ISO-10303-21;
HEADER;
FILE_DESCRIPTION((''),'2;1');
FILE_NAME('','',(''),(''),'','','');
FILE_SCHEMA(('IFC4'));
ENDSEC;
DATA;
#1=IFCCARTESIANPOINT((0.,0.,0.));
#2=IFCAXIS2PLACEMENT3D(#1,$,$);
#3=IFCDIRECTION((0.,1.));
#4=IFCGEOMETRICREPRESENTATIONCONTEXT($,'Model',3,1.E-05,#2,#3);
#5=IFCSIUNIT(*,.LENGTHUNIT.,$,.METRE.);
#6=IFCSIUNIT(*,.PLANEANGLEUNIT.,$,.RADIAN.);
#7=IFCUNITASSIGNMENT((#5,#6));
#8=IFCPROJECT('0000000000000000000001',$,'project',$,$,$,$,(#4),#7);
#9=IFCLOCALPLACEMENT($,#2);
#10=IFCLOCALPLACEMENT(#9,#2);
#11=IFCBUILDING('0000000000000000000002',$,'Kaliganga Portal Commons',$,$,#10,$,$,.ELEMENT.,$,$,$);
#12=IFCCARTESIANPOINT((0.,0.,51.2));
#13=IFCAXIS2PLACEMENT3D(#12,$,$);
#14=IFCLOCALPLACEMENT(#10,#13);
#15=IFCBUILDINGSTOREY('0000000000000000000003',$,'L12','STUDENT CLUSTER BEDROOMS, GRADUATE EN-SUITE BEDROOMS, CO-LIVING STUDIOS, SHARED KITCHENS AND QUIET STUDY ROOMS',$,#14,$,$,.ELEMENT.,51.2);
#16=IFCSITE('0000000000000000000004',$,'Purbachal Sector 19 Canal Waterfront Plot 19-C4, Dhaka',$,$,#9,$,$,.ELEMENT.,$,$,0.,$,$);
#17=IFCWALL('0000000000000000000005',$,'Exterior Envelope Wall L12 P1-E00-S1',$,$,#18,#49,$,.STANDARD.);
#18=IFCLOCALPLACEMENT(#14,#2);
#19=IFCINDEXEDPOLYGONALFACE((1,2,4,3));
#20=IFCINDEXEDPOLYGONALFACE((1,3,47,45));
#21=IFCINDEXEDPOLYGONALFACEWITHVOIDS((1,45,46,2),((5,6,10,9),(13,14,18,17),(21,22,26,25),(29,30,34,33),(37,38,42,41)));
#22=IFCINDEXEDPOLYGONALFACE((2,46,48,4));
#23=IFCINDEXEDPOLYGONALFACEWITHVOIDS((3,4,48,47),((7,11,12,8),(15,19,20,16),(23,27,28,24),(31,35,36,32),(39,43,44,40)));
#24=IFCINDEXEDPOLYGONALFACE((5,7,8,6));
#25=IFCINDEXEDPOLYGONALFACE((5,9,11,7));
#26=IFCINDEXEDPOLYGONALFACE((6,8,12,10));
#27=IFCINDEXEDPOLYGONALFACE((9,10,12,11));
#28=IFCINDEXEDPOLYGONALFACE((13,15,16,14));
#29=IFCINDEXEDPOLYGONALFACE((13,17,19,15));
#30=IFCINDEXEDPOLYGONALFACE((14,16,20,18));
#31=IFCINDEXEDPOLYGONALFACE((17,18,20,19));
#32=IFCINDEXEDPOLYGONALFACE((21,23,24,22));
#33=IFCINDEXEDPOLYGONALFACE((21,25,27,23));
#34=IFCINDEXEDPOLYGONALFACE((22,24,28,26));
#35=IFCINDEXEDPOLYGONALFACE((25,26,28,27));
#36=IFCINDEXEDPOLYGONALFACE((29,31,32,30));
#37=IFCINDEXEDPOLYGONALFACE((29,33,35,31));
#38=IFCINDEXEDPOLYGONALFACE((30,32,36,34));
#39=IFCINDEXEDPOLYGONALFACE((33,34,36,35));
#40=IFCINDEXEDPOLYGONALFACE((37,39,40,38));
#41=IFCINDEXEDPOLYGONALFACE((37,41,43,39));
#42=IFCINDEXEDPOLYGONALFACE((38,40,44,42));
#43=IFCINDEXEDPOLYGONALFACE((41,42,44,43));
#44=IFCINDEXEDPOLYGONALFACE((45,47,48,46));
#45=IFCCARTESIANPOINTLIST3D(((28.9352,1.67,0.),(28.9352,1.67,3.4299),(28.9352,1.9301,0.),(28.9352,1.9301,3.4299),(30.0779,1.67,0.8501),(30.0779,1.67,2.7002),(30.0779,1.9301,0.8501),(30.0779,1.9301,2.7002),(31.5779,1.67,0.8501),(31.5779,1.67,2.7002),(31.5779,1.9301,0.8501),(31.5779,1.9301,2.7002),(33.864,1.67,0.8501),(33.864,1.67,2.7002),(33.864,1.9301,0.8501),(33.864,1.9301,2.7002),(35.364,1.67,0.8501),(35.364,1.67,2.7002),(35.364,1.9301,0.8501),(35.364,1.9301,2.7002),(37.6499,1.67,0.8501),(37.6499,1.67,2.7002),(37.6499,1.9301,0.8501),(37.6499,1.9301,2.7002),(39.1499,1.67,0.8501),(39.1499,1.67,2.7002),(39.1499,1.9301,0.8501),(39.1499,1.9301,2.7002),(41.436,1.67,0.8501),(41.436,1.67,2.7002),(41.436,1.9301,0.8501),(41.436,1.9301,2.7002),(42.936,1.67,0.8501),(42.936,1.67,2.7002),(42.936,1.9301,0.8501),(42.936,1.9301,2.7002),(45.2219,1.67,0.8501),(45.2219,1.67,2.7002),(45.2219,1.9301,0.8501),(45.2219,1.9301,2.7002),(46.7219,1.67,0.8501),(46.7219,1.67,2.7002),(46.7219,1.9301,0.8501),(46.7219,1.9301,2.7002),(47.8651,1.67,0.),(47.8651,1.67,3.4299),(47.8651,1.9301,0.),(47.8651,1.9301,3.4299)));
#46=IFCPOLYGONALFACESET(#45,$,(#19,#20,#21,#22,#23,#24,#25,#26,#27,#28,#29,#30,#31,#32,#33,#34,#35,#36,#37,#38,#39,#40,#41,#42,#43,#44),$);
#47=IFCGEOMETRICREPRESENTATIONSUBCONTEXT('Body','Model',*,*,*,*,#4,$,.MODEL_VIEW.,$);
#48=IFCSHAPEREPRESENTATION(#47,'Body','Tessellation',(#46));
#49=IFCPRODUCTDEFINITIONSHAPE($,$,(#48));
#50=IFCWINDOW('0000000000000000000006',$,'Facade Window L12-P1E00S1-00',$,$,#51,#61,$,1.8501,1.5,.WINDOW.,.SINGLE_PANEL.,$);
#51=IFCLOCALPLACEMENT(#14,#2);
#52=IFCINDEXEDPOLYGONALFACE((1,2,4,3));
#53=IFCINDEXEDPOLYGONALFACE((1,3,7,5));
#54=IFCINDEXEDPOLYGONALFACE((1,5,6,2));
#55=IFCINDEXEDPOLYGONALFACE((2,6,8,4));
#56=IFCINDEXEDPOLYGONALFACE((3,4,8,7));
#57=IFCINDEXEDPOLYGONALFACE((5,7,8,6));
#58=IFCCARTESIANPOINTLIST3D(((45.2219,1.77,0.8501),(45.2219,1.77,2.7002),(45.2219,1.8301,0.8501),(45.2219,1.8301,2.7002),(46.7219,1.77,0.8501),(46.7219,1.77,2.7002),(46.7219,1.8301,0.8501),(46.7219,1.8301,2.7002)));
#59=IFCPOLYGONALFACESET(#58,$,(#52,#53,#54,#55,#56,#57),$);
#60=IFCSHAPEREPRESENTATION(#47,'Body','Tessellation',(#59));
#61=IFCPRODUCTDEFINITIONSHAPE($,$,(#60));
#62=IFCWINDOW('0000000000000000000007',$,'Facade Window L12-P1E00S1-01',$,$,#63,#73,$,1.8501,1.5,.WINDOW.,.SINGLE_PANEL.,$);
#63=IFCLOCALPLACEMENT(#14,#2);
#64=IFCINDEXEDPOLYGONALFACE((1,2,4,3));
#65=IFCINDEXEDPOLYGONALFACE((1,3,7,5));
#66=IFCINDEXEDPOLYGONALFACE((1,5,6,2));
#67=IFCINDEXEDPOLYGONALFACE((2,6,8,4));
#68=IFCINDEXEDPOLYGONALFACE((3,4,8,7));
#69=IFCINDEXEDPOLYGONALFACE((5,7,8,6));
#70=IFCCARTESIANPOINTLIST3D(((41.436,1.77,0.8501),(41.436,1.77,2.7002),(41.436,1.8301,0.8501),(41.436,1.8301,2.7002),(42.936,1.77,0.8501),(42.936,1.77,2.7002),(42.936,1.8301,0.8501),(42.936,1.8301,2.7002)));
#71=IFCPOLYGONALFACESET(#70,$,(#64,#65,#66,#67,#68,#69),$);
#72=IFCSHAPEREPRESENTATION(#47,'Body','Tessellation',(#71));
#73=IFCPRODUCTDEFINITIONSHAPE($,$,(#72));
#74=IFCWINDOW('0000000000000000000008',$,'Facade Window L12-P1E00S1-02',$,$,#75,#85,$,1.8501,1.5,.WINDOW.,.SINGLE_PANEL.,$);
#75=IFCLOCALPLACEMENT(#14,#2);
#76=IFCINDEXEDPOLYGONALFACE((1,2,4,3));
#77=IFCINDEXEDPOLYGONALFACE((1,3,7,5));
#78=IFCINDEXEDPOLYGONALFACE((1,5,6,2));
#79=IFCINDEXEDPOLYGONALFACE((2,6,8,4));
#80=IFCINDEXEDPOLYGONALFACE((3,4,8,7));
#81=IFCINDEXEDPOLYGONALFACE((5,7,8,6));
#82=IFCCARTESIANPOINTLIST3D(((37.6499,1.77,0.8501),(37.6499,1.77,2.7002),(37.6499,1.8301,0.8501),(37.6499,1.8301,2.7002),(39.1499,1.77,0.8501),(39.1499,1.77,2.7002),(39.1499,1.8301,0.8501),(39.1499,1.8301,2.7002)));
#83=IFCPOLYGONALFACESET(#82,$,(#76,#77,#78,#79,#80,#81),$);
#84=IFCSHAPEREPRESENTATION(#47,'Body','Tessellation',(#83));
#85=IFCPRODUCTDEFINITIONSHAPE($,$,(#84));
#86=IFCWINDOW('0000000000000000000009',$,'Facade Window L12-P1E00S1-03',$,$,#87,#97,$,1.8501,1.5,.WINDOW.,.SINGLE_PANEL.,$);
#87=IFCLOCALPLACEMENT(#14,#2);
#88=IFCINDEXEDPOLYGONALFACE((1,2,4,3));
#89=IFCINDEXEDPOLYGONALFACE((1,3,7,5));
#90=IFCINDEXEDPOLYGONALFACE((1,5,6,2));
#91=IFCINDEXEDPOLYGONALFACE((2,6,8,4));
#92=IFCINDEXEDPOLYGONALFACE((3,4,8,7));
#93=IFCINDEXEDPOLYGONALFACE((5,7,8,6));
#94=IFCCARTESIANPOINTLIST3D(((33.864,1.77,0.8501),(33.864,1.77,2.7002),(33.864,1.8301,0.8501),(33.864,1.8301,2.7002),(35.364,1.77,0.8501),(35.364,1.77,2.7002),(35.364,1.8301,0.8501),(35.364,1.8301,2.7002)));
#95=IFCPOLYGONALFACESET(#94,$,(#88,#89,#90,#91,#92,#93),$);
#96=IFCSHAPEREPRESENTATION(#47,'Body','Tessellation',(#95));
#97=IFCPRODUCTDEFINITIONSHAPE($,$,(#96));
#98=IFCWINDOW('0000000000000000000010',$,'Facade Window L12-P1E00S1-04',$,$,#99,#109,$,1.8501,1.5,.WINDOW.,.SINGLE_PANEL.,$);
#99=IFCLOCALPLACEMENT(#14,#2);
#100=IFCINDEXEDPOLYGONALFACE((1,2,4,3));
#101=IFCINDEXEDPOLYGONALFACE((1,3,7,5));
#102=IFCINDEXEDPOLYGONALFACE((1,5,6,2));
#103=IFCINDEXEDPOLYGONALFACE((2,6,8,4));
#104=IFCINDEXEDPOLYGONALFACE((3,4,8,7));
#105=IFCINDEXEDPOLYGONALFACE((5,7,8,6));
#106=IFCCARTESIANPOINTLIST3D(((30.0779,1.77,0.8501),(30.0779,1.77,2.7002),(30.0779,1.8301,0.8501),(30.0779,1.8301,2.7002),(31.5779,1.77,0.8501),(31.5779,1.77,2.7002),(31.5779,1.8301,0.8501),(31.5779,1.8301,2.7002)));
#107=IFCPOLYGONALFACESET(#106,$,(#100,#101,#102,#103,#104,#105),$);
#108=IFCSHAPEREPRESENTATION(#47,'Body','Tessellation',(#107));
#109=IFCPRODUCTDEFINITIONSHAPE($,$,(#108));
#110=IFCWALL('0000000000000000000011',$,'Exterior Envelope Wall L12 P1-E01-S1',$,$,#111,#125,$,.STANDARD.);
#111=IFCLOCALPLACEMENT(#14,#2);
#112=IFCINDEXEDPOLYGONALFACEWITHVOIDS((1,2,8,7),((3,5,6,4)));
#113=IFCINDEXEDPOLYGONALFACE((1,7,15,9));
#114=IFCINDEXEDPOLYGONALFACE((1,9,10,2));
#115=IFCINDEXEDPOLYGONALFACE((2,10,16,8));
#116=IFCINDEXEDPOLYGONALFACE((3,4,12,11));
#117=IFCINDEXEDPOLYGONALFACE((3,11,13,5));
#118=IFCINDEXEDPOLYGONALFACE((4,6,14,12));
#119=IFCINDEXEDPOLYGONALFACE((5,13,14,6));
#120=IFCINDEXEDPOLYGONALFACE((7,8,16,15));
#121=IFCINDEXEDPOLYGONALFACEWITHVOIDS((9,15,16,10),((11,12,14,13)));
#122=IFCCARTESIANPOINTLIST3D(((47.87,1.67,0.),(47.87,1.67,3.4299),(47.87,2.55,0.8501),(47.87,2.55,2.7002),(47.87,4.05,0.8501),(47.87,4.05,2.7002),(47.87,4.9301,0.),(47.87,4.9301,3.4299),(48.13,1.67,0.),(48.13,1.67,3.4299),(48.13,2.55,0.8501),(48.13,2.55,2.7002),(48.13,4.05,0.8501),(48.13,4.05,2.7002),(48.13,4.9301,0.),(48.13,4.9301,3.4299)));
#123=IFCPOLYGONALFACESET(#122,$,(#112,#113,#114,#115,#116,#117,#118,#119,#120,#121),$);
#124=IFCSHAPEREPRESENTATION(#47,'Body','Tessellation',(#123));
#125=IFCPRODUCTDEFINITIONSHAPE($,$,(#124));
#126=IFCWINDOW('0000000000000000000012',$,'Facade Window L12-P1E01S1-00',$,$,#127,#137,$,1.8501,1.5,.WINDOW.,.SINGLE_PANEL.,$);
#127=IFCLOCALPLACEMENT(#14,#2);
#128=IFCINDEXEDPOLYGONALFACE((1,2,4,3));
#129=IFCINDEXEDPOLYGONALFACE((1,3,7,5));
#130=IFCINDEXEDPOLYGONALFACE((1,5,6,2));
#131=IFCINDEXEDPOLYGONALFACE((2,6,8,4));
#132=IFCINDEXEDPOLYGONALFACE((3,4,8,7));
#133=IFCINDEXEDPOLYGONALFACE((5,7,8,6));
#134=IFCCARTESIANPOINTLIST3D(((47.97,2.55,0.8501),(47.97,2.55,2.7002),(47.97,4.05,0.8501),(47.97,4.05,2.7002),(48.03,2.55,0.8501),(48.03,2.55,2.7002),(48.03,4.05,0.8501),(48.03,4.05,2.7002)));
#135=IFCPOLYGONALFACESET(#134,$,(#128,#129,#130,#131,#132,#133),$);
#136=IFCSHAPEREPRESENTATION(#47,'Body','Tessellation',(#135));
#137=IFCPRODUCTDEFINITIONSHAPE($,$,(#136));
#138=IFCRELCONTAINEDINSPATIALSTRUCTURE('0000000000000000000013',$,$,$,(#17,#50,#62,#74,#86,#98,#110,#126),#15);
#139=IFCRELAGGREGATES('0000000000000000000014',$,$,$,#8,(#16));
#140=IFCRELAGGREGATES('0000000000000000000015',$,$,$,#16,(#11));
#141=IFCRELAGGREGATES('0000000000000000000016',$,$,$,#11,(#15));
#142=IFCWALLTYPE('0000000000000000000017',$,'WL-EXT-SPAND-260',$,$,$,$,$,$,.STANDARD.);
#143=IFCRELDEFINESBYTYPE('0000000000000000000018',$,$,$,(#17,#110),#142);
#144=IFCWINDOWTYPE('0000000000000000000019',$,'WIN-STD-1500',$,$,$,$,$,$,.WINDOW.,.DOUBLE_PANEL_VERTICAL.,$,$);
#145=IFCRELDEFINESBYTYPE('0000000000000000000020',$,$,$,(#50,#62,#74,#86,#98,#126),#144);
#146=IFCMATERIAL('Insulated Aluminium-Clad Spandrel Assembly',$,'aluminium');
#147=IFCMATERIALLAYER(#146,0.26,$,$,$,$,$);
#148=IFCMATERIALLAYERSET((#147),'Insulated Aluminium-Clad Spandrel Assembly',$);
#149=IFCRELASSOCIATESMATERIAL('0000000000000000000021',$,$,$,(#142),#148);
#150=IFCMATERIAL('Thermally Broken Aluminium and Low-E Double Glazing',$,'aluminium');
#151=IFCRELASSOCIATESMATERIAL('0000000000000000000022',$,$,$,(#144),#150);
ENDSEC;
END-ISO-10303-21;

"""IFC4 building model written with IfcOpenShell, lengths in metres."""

from ifc_helpers import new_model, si_unit, direction, frame, frame_2d, origin, place, context, subcontext, project, spatial, rectangle, extrude, material, layer, layer_set, type_object, element, fill, save


model = new_model("IFC4")

# Units and contexts
model_context = context("Model", 3, precision=1e-05, world=origin(), true_north=direction((0.0, 1.0)))
body_context = subcontext(model_context, "Body", "Model", "MODEL_VIEW")
ifc_project = project(units=[si_unit("LENGTHUNIT", "METRE"), si_unit("PLANEANGLEUNIT", "RADIAN")], contexts=[model_context])

# Site, building, storey
site_placement = place(None, origin())
site = spatial("IfcSite", under=ifc_project, at=site_placement, Name="Purbachal Sector 19 Canal Waterfront Plot 19-C4, Dhaka", CompositionType="ELEMENT", RefElevation=0.0)
building_placement = place(site_placement, origin())
building = spatial("IfcBuilding", under=site, at=building_placement, Name="Kaliganga Portal Commons", CompositionType="ELEMENT")
storey_placement = place(building_placement, frame((0.0, 0.0, 51.2)))
storey = spatial("IfcBuildingStorey", under=building, at=storey_placement, Name="L12", Description="STUDENT CLUSTER BEDROOMS, GRADUATE EN-SUITE BEDROOMS, CO-LIVING STUDIOS, SHARED KITCHENS AND QUIET STUDY ROOMS", CompositionType="ELEMENT", Elevation=51.2)

# Wall, openings, windows
ifc_material_1 = material(Name="Insulated Aluminium-Clad Spandrel Assembly", Category="aluminium")
ifc_layer_1 = layer(ifc_material_1, 0.26)
ifc_layer_set_1 = layer_set([ifc_layer_1], Name="Insulated Aluminium-Clad Spandrel Assembly")
wall_type_1 = type_object("IfcWallType", Name="WL-EXT-SPAND-260", PredefinedType="STANDARD", material=ifc_layer_set_1)
wall_1_placement = place(storey_placement, frame((47.865, 1.8, 0.0), z_axis=(0.0, 0.0, 1.0), x_axis=(-1.0, 0.0, 0.0)))
wall_1 = element("IfcWall", 1, at=wall_1_placement, inside=storey, type_object=wall_type_1, Name="Exterior Envelope Wall L12 P1-E00-S1", PredefinedType="STANDARD", context=body_context, shape_type="SweptSolid", body=[
    extrude(rectangle(XDim=18.9299, YDim=0.26, at=frame_2d((9.4648, 0.0))), origin(), (0.0, 0.0, 1.0), 3.4299),
])
opening_1_placement = place(wall_1_placement, frame((1.1431, 0.0, 0.8501)))
opening_1 = element("IfcOpeningElement", 2, at=opening_1_placement, cuts=wall_1, PredefinedType="OPENING", context=body_context, shape_type="SweptSolid", body=[
    extrude(rectangle(XDim=1.5, YDim=1.8501, at=frame_2d((0.75, 0.925))), frame((0.0, 0.1401, 0.0), z_axis=(0.0, -1.0, 0.0), x_axis=(1.0, 0.0, 0.0)), (0.0, 0.0, 1.0), 0.28),
])
opening_2_placement = place(wall_1_placement, frame((4.929, 0.0, 0.8501)))
opening_2 = element("IfcOpeningElement", 3, at=opening_2_placement, cuts=wall_1, PredefinedType="OPENING", context=body_context, shape_type="SweptSolid", body=[
    extrude(rectangle(XDim=1.5, YDim=1.8501, at=frame_2d((0.75, 0.925))), frame((0.0, 0.1401, 0.0), z_axis=(0.0, -1.0, 0.0), x_axis=(1.0, 0.0, 0.0)), (0.0, 0.0, 1.0), 0.28),
])
opening_3_placement = place(wall_1_placement, frame((8.7151, 0.0, 0.8501)))
opening_3 = element("IfcOpeningElement", 4, at=opening_3_placement, cuts=wall_1, PredefinedType="OPENING", context=body_context, shape_type="SweptSolid", body=[
    extrude(rectangle(XDim=1.5, YDim=1.8501, at=frame_2d((0.75, 0.925))), frame((0.0, 0.1401, 0.0), z_axis=(0.0, -1.0, 0.0), x_axis=(1.0, 0.0, 0.0)), (0.0, 0.0, 1.0), 0.28),
])
opening_4_placement = place(wall_1_placement, frame((12.501, 0.0, 0.8501)))
opening_4 = element("IfcOpeningElement", 5, at=opening_4_placement, cuts=wall_1, PredefinedType="OPENING", context=body_context, shape_type="SweptSolid", body=[
    extrude(rectangle(XDim=1.5, YDim=1.8501, at=frame_2d((0.75, 0.925))), frame((0.0, 0.1401, 0.0), z_axis=(0.0, -1.0, 0.0), x_axis=(1.0, 0.0, 0.0)), (0.0, 0.0, 1.0), 0.28),
])
opening_5_placement = place(wall_1_placement, frame((16.2871, 0.0, 0.8501)))
opening_5 = element("IfcOpeningElement", 6, at=opening_5_placement, cuts=wall_1, PredefinedType="OPENING", context=body_context, shape_type="SweptSolid", body=[
    extrude(rectangle(XDim=1.5, YDim=1.8501, at=frame_2d((0.75, 0.925))), frame((0.0, 0.1401, 0.0), z_axis=(0.0, -1.0, 0.0), x_axis=(1.0, 0.0, 0.0)), (0.0, 0.0, 1.0), 0.28),
])
ifc_material_2 = material(Name="Thermally Broken Aluminium and Low-E Double Glazing", Category="aluminium")
window_type = type_object("IfcWindowType", Name="WIN-STD-1500", PartitioningType="DOUBLE_PANEL_VERTICAL", PredefinedType="WINDOW", material=ifc_material_2)
window_1_placement = place(opening_1_placement, origin())
window_1 = element("IfcWindow", 7, at=window_1_placement, inside=storey, type_object=window_type, Name="Facade Window L12-P1E00S1-00", OverallHeight=1.8501, OverallWidth=1.5, PartitioningType="SINGLE_PANEL", PredefinedType="WINDOW", context=body_context, shape_type="SweptSolid", body=[
    extrude(rectangle(XDim=1.5, YDim=1.8501, at=frame_2d((0.75, 0.925))), frame((0.0, 0.03, 0.0), z_axis=(0.0, -1.0, 0.0), x_axis=(1.0, 0.0, 0.0)), (0.0, 0.0, 1.0), 0.0601),
])
fill(opening_1, window_1)
window_2_placement = place(opening_2_placement, origin())
window_2 = element("IfcWindow", 8, at=window_2_placement, inside=storey, type_object=window_type, Name="Facade Window L12-P1E00S1-01", OverallHeight=1.8501, OverallWidth=1.5, PartitioningType="SINGLE_PANEL", PredefinedType="WINDOW", context=body_context, shape_type="SweptSolid", body=[
    extrude(rectangle(XDim=1.5, YDim=1.8501, at=frame_2d((0.75, 0.925))), frame((0.0, 0.03, 0.0), z_axis=(0.0, -1.0, 0.0), x_axis=(1.0, 0.0, 0.0)), (0.0, 0.0, 1.0), 0.0601),
])
fill(opening_2, window_2)
window_3_placement = place(opening_3_placement, origin())
window_3 = element("IfcWindow", 9, at=window_3_placement, inside=storey, type_object=window_type, Name="Facade Window L12-P1E00S1-02", OverallHeight=1.8501, OverallWidth=1.5, PartitioningType="SINGLE_PANEL", PredefinedType="WINDOW", context=body_context, shape_type="SweptSolid", body=[
    extrude(rectangle(XDim=1.5, YDim=1.8501, at=frame_2d((0.75, 0.925))), frame((0.0, 0.03, 0.0), z_axis=(0.0, -1.0, 0.0), x_axis=(1.0, 0.0, 0.0)), (0.0, 0.0, 1.0), 0.0601),
])
fill(opening_3, window_3)
window_4_placement = place(opening_4_placement, origin())
window_4 = element("IfcWindow", 10, at=window_4_placement, inside=storey, type_object=window_type, Name="Facade Window L12-P1E00S1-03", OverallHeight=1.8501, OverallWidth=1.5, PartitioningType="SINGLE_PANEL", PredefinedType="WINDOW", context=body_context, shape_type="SweptSolid", body=[
    extrude(rectangle(XDim=1.5, YDim=1.8501, at=frame_2d((0.75, 0.925))), frame((0.0, 0.03, 0.0), z_axis=(0.0, -1.0, 0.0), x_axis=(1.0, 0.0, 0.0)), (0.0, 0.0, 1.0), 0.0601),
])
fill(opening_4, window_4)
window_5_placement = place(opening_5_placement, origin())
window_5 = element("IfcWindow", 11, at=window_5_placement, inside=storey, type_object=window_type, Name="Facade Window L12-P1E00S1-04", OverallHeight=1.8501, OverallWidth=1.5, PartitioningType="SINGLE_PANEL", PredefinedType="WINDOW", context=body_context, shape_type="SweptSolid", body=[
    extrude(rectangle(XDim=1.5, YDim=1.8501, at=frame_2d((0.75, 0.925))), frame((0.0, 0.03, 0.0), z_axis=(0.0, -1.0, 0.0), x_axis=(1.0, 0.0, 0.0)), (0.0, 0.0, 1.0), 0.0601),
])
fill(opening_5, window_5)

# Wall, opening, window
wall_2_placement = place(storey_placement, frame((48.0, 4.9299, 0.0), z_axis=(0.0, 0.0, 1.0), x_axis=(0.0, -1.0, 0.0)))
wall_2 = element("IfcWall", 12, at=wall_2_placement, inside=storey, type_object=wall_type_1, Name="Exterior Envelope Wall L12 P1-E01-S1", PredefinedType="STANDARD", context=body_context, shape_type="SweptSolid", body=[
    extrude(rectangle(XDim=3.26, YDim=0.26, at=frame_2d((1.6299, 0.0))), origin(), (0.0, 0.0, 1.0), 3.4299),
])
opening_6_placement = place(wall_2_placement, frame((0.8799, 0.0, 0.8501)))
opening_6 = element("IfcOpeningElement", 13, at=opening_6_placement, cuts=wall_2, PredefinedType="OPENING", context=body_context, shape_type="SweptSolid", body=[
    extrude(rectangle(XDim=1.5, YDim=1.8501, at=frame_2d((0.75, 0.925))), frame((0.0, 0.1401, 0.0), z_axis=(0.0, -1.0, 0.0), x_axis=(1.0, 0.0, 0.0)), (0.0, 0.0, 1.0), 0.28),
])
window_6_placement = place(opening_6_placement, origin())
window_6 = element("IfcWindow", 14, at=window_6_placement, inside=storey, type_object=window_type, Name="Facade Window L12-P1E01S1-00", OverallHeight=1.8501, OverallWidth=1.5, PartitioningType="SINGLE_PANEL", PredefinedType="WINDOW", context=body_context, shape_type="SweptSolid", body=[
    extrude(rectangle(XDim=1.5, YDim=1.8501, at=frame_2d((0.75, 0.925))), frame((0.0, 0.03, 0.0), z_axis=(0.0, -1.0, 0.0), x_axis=(1.0, 0.0, 0.0)), (0.0, 0.0, 1.0), 0.0601),
])
fill(opening_6, window_6)

save(model, "model.ifc")
